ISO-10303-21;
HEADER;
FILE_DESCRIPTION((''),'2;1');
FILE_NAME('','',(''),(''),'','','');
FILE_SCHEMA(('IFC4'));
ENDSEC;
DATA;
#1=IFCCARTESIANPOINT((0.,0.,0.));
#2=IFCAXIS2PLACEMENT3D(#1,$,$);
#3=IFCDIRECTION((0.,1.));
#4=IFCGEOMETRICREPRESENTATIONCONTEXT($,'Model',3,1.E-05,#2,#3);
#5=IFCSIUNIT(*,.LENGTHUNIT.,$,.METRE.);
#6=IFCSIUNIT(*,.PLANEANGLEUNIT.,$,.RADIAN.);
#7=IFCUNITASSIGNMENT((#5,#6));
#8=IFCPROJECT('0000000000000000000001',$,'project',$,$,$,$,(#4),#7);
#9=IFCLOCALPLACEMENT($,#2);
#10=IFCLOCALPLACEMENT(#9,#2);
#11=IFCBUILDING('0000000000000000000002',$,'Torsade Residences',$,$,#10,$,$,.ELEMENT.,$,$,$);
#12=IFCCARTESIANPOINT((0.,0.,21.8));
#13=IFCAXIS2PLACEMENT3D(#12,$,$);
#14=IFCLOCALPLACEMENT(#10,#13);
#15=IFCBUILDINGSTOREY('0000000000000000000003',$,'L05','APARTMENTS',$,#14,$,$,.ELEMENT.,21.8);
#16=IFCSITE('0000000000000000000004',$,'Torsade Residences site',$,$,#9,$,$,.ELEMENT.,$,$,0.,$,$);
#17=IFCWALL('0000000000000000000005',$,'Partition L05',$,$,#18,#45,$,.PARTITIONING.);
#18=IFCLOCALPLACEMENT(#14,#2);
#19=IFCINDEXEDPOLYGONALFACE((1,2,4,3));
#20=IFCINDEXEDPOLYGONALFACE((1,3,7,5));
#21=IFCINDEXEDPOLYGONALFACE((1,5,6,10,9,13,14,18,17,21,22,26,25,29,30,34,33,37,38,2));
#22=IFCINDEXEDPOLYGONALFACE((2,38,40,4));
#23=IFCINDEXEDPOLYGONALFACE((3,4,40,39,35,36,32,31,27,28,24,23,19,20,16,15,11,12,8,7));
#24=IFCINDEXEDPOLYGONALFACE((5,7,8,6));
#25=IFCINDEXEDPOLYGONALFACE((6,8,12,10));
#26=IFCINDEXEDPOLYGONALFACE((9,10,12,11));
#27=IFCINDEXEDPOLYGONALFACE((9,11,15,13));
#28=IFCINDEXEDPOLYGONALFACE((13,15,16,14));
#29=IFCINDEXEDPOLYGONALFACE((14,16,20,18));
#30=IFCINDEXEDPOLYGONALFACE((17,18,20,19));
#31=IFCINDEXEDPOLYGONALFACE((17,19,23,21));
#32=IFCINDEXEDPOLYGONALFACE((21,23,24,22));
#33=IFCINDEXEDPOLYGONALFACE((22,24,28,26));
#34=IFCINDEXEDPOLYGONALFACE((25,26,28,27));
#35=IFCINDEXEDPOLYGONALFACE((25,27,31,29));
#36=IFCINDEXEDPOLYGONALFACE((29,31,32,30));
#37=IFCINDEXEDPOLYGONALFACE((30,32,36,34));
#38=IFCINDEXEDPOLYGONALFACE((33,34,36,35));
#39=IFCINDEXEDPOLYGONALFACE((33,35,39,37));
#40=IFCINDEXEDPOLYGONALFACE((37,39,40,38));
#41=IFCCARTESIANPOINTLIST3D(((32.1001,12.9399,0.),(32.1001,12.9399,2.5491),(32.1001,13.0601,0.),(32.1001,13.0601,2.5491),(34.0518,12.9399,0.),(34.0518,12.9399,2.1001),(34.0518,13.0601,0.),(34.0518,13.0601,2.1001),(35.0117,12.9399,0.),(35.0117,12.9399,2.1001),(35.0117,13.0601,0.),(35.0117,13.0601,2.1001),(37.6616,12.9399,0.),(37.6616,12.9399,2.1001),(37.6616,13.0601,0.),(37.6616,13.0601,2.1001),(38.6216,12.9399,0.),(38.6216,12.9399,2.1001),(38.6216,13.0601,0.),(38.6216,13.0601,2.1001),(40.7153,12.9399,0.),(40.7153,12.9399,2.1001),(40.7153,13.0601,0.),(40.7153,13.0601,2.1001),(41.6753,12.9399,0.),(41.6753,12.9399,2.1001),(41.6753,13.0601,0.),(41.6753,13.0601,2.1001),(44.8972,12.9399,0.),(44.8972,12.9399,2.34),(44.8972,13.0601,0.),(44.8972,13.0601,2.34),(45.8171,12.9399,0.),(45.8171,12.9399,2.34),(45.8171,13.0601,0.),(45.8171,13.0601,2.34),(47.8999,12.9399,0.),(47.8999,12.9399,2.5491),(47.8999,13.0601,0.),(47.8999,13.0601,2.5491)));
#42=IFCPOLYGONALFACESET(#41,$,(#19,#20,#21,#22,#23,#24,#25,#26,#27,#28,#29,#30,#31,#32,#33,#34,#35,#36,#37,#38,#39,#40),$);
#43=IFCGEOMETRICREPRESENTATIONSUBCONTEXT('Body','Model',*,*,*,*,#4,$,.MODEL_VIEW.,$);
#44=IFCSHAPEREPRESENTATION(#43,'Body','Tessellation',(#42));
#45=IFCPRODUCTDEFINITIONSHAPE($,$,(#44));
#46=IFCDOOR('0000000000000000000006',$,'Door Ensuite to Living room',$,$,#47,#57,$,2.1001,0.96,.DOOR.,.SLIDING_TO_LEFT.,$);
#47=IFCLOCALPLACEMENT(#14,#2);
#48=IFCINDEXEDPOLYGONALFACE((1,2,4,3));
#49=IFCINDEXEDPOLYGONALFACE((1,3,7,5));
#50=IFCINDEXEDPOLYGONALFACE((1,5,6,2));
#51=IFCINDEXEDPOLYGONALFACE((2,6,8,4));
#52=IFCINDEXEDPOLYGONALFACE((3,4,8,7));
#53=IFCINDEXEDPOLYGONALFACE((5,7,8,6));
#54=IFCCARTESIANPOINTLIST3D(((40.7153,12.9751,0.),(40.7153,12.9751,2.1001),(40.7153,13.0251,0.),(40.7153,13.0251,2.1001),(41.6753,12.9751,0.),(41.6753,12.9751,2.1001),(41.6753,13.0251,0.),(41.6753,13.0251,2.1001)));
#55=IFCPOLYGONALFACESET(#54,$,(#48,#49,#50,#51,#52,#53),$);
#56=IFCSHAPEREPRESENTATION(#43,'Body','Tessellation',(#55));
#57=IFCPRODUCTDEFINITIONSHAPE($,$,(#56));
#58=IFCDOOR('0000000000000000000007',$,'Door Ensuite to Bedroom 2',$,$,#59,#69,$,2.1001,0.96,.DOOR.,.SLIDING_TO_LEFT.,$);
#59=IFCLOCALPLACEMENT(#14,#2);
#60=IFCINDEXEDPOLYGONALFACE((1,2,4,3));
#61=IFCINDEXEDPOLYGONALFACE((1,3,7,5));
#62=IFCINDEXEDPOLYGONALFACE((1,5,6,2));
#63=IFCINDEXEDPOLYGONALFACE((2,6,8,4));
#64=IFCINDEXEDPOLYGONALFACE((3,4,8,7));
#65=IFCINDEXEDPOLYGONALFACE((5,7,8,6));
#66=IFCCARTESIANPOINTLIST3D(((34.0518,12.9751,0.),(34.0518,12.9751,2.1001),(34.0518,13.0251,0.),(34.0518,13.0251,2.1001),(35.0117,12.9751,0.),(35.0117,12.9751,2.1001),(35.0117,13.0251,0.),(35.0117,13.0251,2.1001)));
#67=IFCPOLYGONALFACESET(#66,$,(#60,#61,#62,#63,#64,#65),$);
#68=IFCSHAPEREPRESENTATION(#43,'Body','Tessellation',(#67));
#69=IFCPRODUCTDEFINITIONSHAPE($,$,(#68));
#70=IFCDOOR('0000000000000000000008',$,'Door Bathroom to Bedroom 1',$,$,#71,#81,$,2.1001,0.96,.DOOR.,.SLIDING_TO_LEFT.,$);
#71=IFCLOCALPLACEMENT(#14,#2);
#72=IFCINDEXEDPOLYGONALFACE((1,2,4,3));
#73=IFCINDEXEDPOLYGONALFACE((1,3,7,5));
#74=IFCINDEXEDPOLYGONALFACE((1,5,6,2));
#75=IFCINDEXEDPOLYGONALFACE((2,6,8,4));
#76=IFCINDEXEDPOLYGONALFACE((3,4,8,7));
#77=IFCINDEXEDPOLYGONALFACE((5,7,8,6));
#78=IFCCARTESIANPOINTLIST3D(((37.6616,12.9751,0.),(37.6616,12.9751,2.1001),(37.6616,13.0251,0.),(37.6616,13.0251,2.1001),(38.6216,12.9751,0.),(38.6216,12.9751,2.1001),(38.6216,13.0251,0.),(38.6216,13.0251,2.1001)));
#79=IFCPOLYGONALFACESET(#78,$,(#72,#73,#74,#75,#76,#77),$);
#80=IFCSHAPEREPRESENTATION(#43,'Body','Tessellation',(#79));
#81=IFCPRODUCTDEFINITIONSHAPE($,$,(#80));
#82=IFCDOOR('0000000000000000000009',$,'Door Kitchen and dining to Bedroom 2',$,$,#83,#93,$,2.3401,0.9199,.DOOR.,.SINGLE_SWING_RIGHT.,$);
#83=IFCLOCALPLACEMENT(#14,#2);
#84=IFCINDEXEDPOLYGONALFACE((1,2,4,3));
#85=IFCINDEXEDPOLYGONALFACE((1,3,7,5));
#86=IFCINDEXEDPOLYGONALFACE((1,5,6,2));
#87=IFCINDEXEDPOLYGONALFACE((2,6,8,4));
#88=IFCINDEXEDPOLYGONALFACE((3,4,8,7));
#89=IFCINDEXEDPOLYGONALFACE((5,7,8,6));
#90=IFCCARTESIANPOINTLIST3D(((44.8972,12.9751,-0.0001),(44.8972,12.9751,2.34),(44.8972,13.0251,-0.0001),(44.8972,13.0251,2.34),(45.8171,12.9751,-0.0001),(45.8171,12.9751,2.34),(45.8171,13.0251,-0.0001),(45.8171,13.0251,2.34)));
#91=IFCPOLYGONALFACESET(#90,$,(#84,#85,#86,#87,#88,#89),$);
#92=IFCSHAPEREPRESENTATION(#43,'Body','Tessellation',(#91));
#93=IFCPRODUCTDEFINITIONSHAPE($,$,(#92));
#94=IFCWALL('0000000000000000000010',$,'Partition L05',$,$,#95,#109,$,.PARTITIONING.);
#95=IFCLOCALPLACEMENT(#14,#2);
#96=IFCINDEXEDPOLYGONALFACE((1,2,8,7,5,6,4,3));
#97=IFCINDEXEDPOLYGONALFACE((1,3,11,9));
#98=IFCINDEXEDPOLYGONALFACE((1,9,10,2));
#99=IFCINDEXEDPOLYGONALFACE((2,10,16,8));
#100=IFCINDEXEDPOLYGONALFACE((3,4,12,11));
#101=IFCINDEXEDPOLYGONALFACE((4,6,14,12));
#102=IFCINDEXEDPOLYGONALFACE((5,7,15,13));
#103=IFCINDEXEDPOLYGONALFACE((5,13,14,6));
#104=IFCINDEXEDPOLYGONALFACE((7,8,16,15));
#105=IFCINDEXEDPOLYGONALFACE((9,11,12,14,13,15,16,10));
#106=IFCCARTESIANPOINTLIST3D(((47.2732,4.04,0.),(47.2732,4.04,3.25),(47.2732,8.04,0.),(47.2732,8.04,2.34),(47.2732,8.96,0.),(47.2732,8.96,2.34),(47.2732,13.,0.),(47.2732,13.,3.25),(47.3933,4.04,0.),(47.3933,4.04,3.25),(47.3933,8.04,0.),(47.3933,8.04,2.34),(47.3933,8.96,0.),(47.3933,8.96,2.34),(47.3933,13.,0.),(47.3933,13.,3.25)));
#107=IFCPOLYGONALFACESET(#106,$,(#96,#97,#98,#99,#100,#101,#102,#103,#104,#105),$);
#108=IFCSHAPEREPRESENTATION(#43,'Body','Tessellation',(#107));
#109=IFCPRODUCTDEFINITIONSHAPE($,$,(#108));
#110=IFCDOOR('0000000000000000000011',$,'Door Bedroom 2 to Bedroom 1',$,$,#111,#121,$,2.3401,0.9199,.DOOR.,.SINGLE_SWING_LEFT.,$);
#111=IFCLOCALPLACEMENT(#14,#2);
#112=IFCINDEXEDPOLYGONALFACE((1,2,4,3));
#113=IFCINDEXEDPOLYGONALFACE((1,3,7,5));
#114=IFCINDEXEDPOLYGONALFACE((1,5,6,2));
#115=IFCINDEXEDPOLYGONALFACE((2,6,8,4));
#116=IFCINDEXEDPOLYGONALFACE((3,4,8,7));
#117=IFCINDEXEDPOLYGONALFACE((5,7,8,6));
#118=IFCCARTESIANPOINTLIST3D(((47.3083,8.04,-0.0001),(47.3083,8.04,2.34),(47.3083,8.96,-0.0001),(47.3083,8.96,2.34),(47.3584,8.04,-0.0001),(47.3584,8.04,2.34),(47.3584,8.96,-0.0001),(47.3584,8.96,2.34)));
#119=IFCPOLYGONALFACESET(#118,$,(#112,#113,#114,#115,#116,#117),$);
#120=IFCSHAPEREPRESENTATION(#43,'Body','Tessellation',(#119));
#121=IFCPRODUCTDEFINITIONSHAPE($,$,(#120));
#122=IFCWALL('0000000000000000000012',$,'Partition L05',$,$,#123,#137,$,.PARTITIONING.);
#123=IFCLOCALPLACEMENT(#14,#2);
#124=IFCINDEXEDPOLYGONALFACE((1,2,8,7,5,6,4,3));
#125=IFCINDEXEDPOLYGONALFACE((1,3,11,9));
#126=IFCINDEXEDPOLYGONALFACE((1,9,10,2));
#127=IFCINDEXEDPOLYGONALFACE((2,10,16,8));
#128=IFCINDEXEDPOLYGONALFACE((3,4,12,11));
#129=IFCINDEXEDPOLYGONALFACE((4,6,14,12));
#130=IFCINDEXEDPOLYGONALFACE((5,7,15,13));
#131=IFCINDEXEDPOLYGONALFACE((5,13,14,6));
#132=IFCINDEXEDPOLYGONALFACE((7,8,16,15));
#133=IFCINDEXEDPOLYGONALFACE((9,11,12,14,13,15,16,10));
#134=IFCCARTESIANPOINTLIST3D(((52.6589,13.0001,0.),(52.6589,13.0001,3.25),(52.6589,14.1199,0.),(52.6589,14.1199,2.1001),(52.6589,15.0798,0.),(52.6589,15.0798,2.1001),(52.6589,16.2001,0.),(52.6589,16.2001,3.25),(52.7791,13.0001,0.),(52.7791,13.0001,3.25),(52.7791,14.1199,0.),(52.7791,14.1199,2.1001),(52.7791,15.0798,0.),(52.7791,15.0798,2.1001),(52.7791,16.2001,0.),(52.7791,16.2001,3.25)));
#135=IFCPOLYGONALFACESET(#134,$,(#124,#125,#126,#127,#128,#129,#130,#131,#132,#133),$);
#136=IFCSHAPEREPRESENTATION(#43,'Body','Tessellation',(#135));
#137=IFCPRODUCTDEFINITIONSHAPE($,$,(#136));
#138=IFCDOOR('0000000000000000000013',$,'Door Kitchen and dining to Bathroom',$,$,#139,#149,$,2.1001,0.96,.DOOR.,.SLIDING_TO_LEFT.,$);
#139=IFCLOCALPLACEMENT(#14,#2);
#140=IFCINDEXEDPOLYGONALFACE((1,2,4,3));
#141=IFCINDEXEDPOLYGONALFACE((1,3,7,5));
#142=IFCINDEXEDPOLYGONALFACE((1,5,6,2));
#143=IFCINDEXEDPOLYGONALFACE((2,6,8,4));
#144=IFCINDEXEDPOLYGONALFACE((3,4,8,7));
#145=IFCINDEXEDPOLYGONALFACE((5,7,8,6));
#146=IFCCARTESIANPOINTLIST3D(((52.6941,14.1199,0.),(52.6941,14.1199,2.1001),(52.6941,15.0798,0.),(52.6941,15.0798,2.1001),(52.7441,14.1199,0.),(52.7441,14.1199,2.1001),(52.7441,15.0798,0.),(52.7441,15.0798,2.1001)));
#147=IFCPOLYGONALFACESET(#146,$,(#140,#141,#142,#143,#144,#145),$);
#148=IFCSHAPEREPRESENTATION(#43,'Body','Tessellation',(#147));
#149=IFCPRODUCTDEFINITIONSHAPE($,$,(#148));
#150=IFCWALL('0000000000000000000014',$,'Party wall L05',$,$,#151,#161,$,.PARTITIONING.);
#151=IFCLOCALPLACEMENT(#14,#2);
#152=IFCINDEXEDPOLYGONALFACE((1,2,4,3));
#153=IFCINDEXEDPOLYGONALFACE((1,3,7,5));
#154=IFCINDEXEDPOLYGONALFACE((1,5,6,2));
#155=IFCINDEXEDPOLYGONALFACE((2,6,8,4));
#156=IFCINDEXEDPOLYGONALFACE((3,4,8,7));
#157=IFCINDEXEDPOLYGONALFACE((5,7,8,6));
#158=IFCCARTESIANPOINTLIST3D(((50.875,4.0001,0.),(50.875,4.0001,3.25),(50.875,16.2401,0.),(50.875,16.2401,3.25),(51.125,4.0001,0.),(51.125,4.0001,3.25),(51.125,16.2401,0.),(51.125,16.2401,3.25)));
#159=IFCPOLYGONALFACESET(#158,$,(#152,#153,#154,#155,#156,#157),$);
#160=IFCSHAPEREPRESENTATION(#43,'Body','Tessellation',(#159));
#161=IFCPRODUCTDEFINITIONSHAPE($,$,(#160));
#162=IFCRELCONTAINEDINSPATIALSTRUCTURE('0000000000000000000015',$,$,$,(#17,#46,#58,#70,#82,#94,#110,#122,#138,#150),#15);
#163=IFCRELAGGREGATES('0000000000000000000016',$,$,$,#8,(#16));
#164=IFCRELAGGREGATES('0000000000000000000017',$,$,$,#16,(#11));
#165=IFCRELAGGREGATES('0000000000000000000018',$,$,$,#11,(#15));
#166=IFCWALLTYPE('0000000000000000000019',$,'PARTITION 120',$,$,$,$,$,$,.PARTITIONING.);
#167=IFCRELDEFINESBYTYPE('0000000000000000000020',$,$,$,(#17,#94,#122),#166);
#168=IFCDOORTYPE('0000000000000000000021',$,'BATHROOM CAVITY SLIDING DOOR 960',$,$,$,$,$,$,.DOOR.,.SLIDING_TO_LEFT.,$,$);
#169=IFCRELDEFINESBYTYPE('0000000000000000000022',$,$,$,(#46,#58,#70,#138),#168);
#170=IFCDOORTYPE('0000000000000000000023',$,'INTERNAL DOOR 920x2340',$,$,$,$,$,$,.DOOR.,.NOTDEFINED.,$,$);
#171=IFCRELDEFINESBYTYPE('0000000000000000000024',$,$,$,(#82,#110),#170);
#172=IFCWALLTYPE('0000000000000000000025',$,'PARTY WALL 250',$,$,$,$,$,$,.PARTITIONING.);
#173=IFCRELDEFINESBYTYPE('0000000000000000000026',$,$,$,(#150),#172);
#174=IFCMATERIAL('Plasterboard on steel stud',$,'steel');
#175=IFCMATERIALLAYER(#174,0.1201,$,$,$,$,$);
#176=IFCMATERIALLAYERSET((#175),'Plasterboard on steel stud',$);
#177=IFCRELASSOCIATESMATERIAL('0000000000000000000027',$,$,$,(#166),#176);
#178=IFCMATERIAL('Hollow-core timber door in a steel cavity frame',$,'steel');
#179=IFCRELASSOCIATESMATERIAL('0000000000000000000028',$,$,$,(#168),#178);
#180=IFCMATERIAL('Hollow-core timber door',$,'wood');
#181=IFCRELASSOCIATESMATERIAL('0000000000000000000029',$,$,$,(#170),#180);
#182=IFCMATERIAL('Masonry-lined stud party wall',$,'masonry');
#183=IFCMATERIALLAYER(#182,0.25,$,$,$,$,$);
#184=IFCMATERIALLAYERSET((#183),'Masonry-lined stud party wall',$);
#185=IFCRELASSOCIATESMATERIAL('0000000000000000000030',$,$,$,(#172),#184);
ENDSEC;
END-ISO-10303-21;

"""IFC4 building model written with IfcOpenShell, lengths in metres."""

from ifc_helpers import new_model, si_unit, direction, frame, frame_2d, origin, place, context, subcontext, project, spatial, rectangle, extrude, material, layer, layer_set, type_object, element, fill, save


model = new_model("IFC4")

# Units and contexts
model_context = context("Model", 3, precision=1e-05, world=origin(), true_north=direction((0.0, 1.0)))
body_context = subcontext(model_context, "Body", "Model", "MODEL_VIEW")
ifc_project = project(units=[si_unit("LENGTHUNIT", "METRE"), si_unit("PLANEANGLEUNIT", "RADIAN")], contexts=[model_context])

# Site, building, storey
site_placement = place(None, origin())
site = spatial("IfcSite", under=ifc_project, at=site_placement, Name="Torsade Residences site", CompositionType="ELEMENT", RefElevation=0.0)
building_placement = place(site_placement, origin())
building = spatial("IfcBuilding", under=site, at=building_placement, Name="Torsade Residences", CompositionType="ELEMENT")
storey_placement = place(building_placement, frame((0.0, 0.0, 21.8)))
storey = spatial("IfcBuildingStorey", under=building, at=storey_placement, Name="L05", Description="APARTMENTS", CompositionType="ELEMENT", Elevation=21.8)

# Wall, openings, doors
ifc_material_1 = material(Name="Plasterboard on steel stud", Category="steel")
ifc_layer_1 = layer(ifc_material_1, 0.1201)
ifc_layer_set_1 = layer_set([ifc_layer_1], Name="Plasterboard on steel stud")
wall_type_1 = type_object("IfcWallType", Name="PARTITION 120", PredefinedType="PARTITIONING", material=ifc_layer_set_1)
wall_1_placement = place(storey_placement, frame((47.8999, 13.0, 0.0), z_axis=(0.0, 0.0, 1.0), x_axis=(-1.0, 0.0, 0.0)))
wall_1 = element("IfcWall", 1, at=wall_1_placement, inside=storey, type_object=wall_type_1, Name="Partition L05", PredefinedType="PARTITIONING", context=body_context, shape_type="SweptSolid", body=[
    extrude(rectangle(XDim=15.7998, YDim=0.1201, at=frame_2d((7.8999, 0.0))), origin(), (0.0, 0.0, 1.0), 2.5491),
])
opening_1_placement = place(wall_1_placement, frame((2.0828, 0.0, 0.0)))
opening_1 = element("IfcOpeningElement", 2, at=opening_1_placement, cuts=wall_1, PredefinedType="OPENING", context=body_context, shape_type="SweptSolid", body=[
    extrude(rectangle(XDim=0.9199, YDim=2.3401, at=frame_2d((0.46, 1.1699))), frame((0.0, 0.0701, 0.0), z_axis=(0.0, -1.0, 0.0), x_axis=(1.0, 0.0, 0.0)), (0.0, 0.0, 1.0), 0.1401),
])
opening_2_placement = place(wall_1_placement, frame((6.2246, 0.0, 0.0)))
opening_2 = element("IfcOpeningElement", 3, at=opening_2_placement, cuts=wall_1, PredefinedType="OPENING", context=body_context, shape_type="SweptSolid", body=[
    extrude(rectangle(XDim=0.96, YDim=2.1001, at=frame_2d((0.48, 1.05))), frame((0.0, 0.0701, 0.0), z_axis=(0.0, -1.0, 0.0), x_axis=(1.0, 0.0, 0.0)), (0.0, 0.0, 1.0), 0.1401),
])
opening_3_placement = place(wall_1_placement, frame((12.8882, 0.0, 0.0)))
opening_3 = element("IfcOpeningElement", 4, at=opening_3_placement, cuts=wall_1, PredefinedType="OPENING", context=body_context, shape_type="SweptSolid", body=[
    extrude(rectangle(XDim=0.96, YDim=2.1001, at=frame_2d((0.48, 1.05))), frame((0.0, 0.0701, 0.0), z_axis=(0.0, -1.0, 0.0), x_axis=(1.0, 0.0, 0.0)), (0.0, 0.0, 1.0), 0.1401),
])
opening_4_placement = place(wall_1_placement, frame((9.2783, 0.0, 0.0)))
opening_4 = element("IfcOpeningElement", 5, at=opening_4_placement, cuts=wall_1, PredefinedType="OPENING", context=body_context, shape_type="SweptSolid", body=[
    extrude(rectangle(XDim=0.96, YDim=2.1001, at=frame_2d((0.48, 1.05))), frame((0.0, 0.0701, 0.0), z_axis=(0.0, -1.0, 0.0), x_axis=(1.0, 0.0, 0.0)), (0.0, 0.0, 1.0), 0.1401),
])
ifc_material_2 = material(Name="Hollow-core timber door in a steel cavity frame", Category="steel")
door_type_1 = type_object("IfcDoorType", Name="BATHROOM CAVITY SLIDING DOOR 960", OperationType="SLIDING_TO_LEFT", PredefinedType="DOOR", material=ifc_material_2)
door_1_placement = place(opening_2_placement, origin())
door_1 = element("IfcDoor", 6, at=door_1_placement, inside=storey, type_object=door_type_1, Name="Door Ensuite to Living room", OperationType="SLIDING_TO_LEFT", OverallHeight=2.1001, OverallWidth=0.96, PredefinedType="DOOR", context=body_context, shape_type="SweptSolid", body=[
    extrude(rectangle(XDim=0.96, YDim=2.1001, at=frame_2d((0.48, 1.05))), frame((0.0, 0.0249, 0.0), z_axis=(0.0, -1.0, 0.0), x_axis=(1.0, 0.0, 0.0)), (0.0, 0.0, 1.0), 0.05),
])
fill(opening_2, door_1)
door_2_placement = place(opening_3_placement, origin())
door_2 = element("IfcDoor", 7, at=door_2_placement, inside=storey, type_object=door_type_1, Name="Door Ensuite to Bedroom 2", OperationType="SLIDING_TO_LEFT", OverallHeight=2.1001, OverallWidth=0.96, PredefinedType="DOOR", context=body_context, shape_type="SweptSolid", body=[
    extrude(rectangle(XDim=0.96, YDim=2.1001, at=frame_2d((0.48, 1.05))), frame((0.0, 0.0249, 0.0), z_axis=(0.0, -1.0, 0.0), x_axis=(1.0, 0.0, 0.0)), (0.0, 0.0, 1.0), 0.05),
])
fill(opening_3, door_2)
door_3_placement = place(opening_4_placement, origin())
door_3 = element("IfcDoor", 8, at=door_3_placement, inside=storey, type_object=door_type_1, Name="Door Bathroom to Bedroom 1", OperationType="SLIDING_TO_LEFT", OverallHeight=2.1001, OverallWidth=0.96, PredefinedType="DOOR", context=body_context, shape_type="SweptSolid", body=[
    extrude(rectangle(XDim=0.96, YDim=2.1001, at=frame_2d((0.48, 1.05))), frame((0.0, 0.0249, 0.0), z_axis=(0.0, -1.0, 0.0), x_axis=(1.0, 0.0, 0.0)), (0.0, 0.0, 1.0), 0.05),
])
fill(opening_4, door_3)
ifc_material_3 = material(Name="Hollow-core timber door", Category="wood")
door_type_2 = type_object("IfcDoorType", Name="INTERNAL DOOR 920x2340", OperationType="NOTDEFINED", PredefinedType="DOOR", material=ifc_material_3)
door_4_placement = place(opening_1_placement, origin())
door_4 = element("IfcDoor", 9, at=door_4_placement, inside=storey, type_object=door_type_2, Name="Door Kitchen and dining to Bedroom 2", OperationType="SINGLE_SWING_RIGHT", OverallHeight=2.3401, OverallWidth=0.9199, PredefinedType="DOOR", context=body_context, shape_type="SweptSolid", body=[
    extrude(rectangle(XDim=0.9199, YDim=2.3401, at=frame_2d((0.46, 1.1699))), frame((0.0, 0.0249, 0.0), z_axis=(0.0, -1.0, 0.0), x_axis=(1.0, 0.0, 0.0)), (0.0, 0.0, 1.0), 0.05),
])
fill(opening_1, door_4)

# Walls, openings, doors
wall_2_placement = place(storey_placement, frame((47.3333, 4.04, 0.0), z_axis=(0.0, 0.0, 1.0), x_axis=(0.0, 1.0, 0.0)))
wall_2 = element("IfcWall", 10, at=wall_2_placement, inside=storey, type_object=wall_type_1, Name="Partition L05", PredefinedType="PARTITIONING", context=body_context, shape_type="SweptSolid", body=[
    extrude(rectangle(XDim=8.96, YDim=0.1201, at=frame_2d((4.48, 0.0))), origin(), (0.0, 0.0, 1.0), 3.25),
])
opening_5_placement = place(wall_2_placement, frame((4.0, 0.0, 0.0)))
opening_5 = element("IfcOpeningElement", 11, at=opening_5_placement, cuts=wall_2, PredefinedType="OPENING", context=body_context, shape_type="SweptSolid", body=[
    extrude(rectangle(XDim=0.9199, YDim=2.3401, at=frame_2d((0.46, 1.1699))), frame((0.0, 0.0701, 0.0), z_axis=(0.0, -1.0, 0.0), x_axis=(1.0, 0.0, 0.0)), (0.0, 0.0, 1.0), 0.1401),
])
door_5_placement = place(opening_5_placement, origin())
door_5 = element("IfcDoor", 12, at=door_5_placement, inside=storey, type_object=door_type_2, Name="Door Bedroom 2 to Bedroom 1", OperationType="SINGLE_SWING_LEFT", OverallHeight=2.3401, OverallWidth=0.9199, PredefinedType="DOOR", context=body_context, shape_type="SweptSolid", body=[
    extrude(rectangle(XDim=0.9199, YDim=2.3401, at=frame_2d((0.46, 1.1699))), frame((0.0, 0.0249, 0.0), z_axis=(0.0, -1.0, 0.0), x_axis=(1.0, 0.0, 0.0)), (0.0, 0.0, 1.0), 0.05),
])
fill(opening_5, door_5)
wall_3_placement = place(storey_placement, frame((52.719, 13.0, 0.0), z_axis=(0.0, 0.0, 1.0), x_axis=(0.0, 1.0, 0.0)))
wall_3 = element("IfcWall", 13, at=wall_3_placement, inside=storey, type_object=wall_type_1, Name="Partition L05", PredefinedType="PARTITIONING", context=body_context, shape_type="SweptSolid", body=[
    extrude(rectangle(XDim=3.2, YDim=0.1201, at=frame_2d((1.6001, 0.0))), origin(), (0.0, 0.0, 1.0), 3.25),
])
opening_6_placement = place(wall_3_placement, frame((1.1199, 0.0, 0.0)))
opening_6 = element("IfcOpeningElement", 14, at=opening_6_placement, cuts=wall_3, PredefinedType="OPENING", context=body_context, shape_type="SweptSolid", body=[
    extrude(rectangle(XDim=0.96, YDim=2.1001, at=frame_2d((0.48, 1.05))), frame((0.0, 0.0701, 0.0), z_axis=(0.0, -1.0, 0.0), x_axis=(1.0, 0.0, 0.0)), (0.0, 0.0, 1.0), 0.1401),
])
door_6_placement = place(opening_6_placement, origin())
door_6 = element("IfcDoor", 15, at=door_6_placement, inside=storey, type_object=door_type_1, Name="Door Kitchen and dining to Bathroom", OperationType="SLIDING_TO_LEFT", OverallHeight=2.1001, OverallWidth=0.96, PredefinedType="DOOR", context=body_context, shape_type="SweptSolid", body=[
    extrude(rectangle(XDim=0.96, YDim=2.1001, at=frame_2d((0.48, 1.05))), frame((0.0, 0.0249, 0.0), z_axis=(0.0, -1.0, 0.0), x_axis=(1.0, 0.0, 0.0)), (0.0, 0.0, 1.0), 0.05),
])
fill(opening_6, door_6)

# Wall
ifc_material_4 = material(Name="Masonry-lined stud party wall", Category="masonry")
ifc_layer_2 = layer(ifc_material_4, 0.25)
ifc_layer_set_2 = layer_set([ifc_layer_2], Name="Masonry-lined stud party wall")
wall_type_2 = type_object("IfcWallType", Name="PARTY WALL 250", PredefinedType="PARTITIONING", material=ifc_layer_set_2)
wall_4_placement = place(storey_placement, frame((51.0, 4.0, 0.0), z_axis=(0.0, 0.0, 1.0), x_axis=(0.0, 1.0, 0.0)))
element("IfcWall", 16, at=wall_4_placement, inside=storey, type_object=wall_type_2, Name="Party wall L05", PredefinedType="PARTITIONING", context=body_context, shape_type="SweptSolid", body=[
    extrude(rectangle(XDim=12.24, YDim=0.25, at=frame_2d((6.1201, 0.0))), origin(), (0.0, 0.0, 1.0), 3.25),
])

save(model, "model.ifc")
